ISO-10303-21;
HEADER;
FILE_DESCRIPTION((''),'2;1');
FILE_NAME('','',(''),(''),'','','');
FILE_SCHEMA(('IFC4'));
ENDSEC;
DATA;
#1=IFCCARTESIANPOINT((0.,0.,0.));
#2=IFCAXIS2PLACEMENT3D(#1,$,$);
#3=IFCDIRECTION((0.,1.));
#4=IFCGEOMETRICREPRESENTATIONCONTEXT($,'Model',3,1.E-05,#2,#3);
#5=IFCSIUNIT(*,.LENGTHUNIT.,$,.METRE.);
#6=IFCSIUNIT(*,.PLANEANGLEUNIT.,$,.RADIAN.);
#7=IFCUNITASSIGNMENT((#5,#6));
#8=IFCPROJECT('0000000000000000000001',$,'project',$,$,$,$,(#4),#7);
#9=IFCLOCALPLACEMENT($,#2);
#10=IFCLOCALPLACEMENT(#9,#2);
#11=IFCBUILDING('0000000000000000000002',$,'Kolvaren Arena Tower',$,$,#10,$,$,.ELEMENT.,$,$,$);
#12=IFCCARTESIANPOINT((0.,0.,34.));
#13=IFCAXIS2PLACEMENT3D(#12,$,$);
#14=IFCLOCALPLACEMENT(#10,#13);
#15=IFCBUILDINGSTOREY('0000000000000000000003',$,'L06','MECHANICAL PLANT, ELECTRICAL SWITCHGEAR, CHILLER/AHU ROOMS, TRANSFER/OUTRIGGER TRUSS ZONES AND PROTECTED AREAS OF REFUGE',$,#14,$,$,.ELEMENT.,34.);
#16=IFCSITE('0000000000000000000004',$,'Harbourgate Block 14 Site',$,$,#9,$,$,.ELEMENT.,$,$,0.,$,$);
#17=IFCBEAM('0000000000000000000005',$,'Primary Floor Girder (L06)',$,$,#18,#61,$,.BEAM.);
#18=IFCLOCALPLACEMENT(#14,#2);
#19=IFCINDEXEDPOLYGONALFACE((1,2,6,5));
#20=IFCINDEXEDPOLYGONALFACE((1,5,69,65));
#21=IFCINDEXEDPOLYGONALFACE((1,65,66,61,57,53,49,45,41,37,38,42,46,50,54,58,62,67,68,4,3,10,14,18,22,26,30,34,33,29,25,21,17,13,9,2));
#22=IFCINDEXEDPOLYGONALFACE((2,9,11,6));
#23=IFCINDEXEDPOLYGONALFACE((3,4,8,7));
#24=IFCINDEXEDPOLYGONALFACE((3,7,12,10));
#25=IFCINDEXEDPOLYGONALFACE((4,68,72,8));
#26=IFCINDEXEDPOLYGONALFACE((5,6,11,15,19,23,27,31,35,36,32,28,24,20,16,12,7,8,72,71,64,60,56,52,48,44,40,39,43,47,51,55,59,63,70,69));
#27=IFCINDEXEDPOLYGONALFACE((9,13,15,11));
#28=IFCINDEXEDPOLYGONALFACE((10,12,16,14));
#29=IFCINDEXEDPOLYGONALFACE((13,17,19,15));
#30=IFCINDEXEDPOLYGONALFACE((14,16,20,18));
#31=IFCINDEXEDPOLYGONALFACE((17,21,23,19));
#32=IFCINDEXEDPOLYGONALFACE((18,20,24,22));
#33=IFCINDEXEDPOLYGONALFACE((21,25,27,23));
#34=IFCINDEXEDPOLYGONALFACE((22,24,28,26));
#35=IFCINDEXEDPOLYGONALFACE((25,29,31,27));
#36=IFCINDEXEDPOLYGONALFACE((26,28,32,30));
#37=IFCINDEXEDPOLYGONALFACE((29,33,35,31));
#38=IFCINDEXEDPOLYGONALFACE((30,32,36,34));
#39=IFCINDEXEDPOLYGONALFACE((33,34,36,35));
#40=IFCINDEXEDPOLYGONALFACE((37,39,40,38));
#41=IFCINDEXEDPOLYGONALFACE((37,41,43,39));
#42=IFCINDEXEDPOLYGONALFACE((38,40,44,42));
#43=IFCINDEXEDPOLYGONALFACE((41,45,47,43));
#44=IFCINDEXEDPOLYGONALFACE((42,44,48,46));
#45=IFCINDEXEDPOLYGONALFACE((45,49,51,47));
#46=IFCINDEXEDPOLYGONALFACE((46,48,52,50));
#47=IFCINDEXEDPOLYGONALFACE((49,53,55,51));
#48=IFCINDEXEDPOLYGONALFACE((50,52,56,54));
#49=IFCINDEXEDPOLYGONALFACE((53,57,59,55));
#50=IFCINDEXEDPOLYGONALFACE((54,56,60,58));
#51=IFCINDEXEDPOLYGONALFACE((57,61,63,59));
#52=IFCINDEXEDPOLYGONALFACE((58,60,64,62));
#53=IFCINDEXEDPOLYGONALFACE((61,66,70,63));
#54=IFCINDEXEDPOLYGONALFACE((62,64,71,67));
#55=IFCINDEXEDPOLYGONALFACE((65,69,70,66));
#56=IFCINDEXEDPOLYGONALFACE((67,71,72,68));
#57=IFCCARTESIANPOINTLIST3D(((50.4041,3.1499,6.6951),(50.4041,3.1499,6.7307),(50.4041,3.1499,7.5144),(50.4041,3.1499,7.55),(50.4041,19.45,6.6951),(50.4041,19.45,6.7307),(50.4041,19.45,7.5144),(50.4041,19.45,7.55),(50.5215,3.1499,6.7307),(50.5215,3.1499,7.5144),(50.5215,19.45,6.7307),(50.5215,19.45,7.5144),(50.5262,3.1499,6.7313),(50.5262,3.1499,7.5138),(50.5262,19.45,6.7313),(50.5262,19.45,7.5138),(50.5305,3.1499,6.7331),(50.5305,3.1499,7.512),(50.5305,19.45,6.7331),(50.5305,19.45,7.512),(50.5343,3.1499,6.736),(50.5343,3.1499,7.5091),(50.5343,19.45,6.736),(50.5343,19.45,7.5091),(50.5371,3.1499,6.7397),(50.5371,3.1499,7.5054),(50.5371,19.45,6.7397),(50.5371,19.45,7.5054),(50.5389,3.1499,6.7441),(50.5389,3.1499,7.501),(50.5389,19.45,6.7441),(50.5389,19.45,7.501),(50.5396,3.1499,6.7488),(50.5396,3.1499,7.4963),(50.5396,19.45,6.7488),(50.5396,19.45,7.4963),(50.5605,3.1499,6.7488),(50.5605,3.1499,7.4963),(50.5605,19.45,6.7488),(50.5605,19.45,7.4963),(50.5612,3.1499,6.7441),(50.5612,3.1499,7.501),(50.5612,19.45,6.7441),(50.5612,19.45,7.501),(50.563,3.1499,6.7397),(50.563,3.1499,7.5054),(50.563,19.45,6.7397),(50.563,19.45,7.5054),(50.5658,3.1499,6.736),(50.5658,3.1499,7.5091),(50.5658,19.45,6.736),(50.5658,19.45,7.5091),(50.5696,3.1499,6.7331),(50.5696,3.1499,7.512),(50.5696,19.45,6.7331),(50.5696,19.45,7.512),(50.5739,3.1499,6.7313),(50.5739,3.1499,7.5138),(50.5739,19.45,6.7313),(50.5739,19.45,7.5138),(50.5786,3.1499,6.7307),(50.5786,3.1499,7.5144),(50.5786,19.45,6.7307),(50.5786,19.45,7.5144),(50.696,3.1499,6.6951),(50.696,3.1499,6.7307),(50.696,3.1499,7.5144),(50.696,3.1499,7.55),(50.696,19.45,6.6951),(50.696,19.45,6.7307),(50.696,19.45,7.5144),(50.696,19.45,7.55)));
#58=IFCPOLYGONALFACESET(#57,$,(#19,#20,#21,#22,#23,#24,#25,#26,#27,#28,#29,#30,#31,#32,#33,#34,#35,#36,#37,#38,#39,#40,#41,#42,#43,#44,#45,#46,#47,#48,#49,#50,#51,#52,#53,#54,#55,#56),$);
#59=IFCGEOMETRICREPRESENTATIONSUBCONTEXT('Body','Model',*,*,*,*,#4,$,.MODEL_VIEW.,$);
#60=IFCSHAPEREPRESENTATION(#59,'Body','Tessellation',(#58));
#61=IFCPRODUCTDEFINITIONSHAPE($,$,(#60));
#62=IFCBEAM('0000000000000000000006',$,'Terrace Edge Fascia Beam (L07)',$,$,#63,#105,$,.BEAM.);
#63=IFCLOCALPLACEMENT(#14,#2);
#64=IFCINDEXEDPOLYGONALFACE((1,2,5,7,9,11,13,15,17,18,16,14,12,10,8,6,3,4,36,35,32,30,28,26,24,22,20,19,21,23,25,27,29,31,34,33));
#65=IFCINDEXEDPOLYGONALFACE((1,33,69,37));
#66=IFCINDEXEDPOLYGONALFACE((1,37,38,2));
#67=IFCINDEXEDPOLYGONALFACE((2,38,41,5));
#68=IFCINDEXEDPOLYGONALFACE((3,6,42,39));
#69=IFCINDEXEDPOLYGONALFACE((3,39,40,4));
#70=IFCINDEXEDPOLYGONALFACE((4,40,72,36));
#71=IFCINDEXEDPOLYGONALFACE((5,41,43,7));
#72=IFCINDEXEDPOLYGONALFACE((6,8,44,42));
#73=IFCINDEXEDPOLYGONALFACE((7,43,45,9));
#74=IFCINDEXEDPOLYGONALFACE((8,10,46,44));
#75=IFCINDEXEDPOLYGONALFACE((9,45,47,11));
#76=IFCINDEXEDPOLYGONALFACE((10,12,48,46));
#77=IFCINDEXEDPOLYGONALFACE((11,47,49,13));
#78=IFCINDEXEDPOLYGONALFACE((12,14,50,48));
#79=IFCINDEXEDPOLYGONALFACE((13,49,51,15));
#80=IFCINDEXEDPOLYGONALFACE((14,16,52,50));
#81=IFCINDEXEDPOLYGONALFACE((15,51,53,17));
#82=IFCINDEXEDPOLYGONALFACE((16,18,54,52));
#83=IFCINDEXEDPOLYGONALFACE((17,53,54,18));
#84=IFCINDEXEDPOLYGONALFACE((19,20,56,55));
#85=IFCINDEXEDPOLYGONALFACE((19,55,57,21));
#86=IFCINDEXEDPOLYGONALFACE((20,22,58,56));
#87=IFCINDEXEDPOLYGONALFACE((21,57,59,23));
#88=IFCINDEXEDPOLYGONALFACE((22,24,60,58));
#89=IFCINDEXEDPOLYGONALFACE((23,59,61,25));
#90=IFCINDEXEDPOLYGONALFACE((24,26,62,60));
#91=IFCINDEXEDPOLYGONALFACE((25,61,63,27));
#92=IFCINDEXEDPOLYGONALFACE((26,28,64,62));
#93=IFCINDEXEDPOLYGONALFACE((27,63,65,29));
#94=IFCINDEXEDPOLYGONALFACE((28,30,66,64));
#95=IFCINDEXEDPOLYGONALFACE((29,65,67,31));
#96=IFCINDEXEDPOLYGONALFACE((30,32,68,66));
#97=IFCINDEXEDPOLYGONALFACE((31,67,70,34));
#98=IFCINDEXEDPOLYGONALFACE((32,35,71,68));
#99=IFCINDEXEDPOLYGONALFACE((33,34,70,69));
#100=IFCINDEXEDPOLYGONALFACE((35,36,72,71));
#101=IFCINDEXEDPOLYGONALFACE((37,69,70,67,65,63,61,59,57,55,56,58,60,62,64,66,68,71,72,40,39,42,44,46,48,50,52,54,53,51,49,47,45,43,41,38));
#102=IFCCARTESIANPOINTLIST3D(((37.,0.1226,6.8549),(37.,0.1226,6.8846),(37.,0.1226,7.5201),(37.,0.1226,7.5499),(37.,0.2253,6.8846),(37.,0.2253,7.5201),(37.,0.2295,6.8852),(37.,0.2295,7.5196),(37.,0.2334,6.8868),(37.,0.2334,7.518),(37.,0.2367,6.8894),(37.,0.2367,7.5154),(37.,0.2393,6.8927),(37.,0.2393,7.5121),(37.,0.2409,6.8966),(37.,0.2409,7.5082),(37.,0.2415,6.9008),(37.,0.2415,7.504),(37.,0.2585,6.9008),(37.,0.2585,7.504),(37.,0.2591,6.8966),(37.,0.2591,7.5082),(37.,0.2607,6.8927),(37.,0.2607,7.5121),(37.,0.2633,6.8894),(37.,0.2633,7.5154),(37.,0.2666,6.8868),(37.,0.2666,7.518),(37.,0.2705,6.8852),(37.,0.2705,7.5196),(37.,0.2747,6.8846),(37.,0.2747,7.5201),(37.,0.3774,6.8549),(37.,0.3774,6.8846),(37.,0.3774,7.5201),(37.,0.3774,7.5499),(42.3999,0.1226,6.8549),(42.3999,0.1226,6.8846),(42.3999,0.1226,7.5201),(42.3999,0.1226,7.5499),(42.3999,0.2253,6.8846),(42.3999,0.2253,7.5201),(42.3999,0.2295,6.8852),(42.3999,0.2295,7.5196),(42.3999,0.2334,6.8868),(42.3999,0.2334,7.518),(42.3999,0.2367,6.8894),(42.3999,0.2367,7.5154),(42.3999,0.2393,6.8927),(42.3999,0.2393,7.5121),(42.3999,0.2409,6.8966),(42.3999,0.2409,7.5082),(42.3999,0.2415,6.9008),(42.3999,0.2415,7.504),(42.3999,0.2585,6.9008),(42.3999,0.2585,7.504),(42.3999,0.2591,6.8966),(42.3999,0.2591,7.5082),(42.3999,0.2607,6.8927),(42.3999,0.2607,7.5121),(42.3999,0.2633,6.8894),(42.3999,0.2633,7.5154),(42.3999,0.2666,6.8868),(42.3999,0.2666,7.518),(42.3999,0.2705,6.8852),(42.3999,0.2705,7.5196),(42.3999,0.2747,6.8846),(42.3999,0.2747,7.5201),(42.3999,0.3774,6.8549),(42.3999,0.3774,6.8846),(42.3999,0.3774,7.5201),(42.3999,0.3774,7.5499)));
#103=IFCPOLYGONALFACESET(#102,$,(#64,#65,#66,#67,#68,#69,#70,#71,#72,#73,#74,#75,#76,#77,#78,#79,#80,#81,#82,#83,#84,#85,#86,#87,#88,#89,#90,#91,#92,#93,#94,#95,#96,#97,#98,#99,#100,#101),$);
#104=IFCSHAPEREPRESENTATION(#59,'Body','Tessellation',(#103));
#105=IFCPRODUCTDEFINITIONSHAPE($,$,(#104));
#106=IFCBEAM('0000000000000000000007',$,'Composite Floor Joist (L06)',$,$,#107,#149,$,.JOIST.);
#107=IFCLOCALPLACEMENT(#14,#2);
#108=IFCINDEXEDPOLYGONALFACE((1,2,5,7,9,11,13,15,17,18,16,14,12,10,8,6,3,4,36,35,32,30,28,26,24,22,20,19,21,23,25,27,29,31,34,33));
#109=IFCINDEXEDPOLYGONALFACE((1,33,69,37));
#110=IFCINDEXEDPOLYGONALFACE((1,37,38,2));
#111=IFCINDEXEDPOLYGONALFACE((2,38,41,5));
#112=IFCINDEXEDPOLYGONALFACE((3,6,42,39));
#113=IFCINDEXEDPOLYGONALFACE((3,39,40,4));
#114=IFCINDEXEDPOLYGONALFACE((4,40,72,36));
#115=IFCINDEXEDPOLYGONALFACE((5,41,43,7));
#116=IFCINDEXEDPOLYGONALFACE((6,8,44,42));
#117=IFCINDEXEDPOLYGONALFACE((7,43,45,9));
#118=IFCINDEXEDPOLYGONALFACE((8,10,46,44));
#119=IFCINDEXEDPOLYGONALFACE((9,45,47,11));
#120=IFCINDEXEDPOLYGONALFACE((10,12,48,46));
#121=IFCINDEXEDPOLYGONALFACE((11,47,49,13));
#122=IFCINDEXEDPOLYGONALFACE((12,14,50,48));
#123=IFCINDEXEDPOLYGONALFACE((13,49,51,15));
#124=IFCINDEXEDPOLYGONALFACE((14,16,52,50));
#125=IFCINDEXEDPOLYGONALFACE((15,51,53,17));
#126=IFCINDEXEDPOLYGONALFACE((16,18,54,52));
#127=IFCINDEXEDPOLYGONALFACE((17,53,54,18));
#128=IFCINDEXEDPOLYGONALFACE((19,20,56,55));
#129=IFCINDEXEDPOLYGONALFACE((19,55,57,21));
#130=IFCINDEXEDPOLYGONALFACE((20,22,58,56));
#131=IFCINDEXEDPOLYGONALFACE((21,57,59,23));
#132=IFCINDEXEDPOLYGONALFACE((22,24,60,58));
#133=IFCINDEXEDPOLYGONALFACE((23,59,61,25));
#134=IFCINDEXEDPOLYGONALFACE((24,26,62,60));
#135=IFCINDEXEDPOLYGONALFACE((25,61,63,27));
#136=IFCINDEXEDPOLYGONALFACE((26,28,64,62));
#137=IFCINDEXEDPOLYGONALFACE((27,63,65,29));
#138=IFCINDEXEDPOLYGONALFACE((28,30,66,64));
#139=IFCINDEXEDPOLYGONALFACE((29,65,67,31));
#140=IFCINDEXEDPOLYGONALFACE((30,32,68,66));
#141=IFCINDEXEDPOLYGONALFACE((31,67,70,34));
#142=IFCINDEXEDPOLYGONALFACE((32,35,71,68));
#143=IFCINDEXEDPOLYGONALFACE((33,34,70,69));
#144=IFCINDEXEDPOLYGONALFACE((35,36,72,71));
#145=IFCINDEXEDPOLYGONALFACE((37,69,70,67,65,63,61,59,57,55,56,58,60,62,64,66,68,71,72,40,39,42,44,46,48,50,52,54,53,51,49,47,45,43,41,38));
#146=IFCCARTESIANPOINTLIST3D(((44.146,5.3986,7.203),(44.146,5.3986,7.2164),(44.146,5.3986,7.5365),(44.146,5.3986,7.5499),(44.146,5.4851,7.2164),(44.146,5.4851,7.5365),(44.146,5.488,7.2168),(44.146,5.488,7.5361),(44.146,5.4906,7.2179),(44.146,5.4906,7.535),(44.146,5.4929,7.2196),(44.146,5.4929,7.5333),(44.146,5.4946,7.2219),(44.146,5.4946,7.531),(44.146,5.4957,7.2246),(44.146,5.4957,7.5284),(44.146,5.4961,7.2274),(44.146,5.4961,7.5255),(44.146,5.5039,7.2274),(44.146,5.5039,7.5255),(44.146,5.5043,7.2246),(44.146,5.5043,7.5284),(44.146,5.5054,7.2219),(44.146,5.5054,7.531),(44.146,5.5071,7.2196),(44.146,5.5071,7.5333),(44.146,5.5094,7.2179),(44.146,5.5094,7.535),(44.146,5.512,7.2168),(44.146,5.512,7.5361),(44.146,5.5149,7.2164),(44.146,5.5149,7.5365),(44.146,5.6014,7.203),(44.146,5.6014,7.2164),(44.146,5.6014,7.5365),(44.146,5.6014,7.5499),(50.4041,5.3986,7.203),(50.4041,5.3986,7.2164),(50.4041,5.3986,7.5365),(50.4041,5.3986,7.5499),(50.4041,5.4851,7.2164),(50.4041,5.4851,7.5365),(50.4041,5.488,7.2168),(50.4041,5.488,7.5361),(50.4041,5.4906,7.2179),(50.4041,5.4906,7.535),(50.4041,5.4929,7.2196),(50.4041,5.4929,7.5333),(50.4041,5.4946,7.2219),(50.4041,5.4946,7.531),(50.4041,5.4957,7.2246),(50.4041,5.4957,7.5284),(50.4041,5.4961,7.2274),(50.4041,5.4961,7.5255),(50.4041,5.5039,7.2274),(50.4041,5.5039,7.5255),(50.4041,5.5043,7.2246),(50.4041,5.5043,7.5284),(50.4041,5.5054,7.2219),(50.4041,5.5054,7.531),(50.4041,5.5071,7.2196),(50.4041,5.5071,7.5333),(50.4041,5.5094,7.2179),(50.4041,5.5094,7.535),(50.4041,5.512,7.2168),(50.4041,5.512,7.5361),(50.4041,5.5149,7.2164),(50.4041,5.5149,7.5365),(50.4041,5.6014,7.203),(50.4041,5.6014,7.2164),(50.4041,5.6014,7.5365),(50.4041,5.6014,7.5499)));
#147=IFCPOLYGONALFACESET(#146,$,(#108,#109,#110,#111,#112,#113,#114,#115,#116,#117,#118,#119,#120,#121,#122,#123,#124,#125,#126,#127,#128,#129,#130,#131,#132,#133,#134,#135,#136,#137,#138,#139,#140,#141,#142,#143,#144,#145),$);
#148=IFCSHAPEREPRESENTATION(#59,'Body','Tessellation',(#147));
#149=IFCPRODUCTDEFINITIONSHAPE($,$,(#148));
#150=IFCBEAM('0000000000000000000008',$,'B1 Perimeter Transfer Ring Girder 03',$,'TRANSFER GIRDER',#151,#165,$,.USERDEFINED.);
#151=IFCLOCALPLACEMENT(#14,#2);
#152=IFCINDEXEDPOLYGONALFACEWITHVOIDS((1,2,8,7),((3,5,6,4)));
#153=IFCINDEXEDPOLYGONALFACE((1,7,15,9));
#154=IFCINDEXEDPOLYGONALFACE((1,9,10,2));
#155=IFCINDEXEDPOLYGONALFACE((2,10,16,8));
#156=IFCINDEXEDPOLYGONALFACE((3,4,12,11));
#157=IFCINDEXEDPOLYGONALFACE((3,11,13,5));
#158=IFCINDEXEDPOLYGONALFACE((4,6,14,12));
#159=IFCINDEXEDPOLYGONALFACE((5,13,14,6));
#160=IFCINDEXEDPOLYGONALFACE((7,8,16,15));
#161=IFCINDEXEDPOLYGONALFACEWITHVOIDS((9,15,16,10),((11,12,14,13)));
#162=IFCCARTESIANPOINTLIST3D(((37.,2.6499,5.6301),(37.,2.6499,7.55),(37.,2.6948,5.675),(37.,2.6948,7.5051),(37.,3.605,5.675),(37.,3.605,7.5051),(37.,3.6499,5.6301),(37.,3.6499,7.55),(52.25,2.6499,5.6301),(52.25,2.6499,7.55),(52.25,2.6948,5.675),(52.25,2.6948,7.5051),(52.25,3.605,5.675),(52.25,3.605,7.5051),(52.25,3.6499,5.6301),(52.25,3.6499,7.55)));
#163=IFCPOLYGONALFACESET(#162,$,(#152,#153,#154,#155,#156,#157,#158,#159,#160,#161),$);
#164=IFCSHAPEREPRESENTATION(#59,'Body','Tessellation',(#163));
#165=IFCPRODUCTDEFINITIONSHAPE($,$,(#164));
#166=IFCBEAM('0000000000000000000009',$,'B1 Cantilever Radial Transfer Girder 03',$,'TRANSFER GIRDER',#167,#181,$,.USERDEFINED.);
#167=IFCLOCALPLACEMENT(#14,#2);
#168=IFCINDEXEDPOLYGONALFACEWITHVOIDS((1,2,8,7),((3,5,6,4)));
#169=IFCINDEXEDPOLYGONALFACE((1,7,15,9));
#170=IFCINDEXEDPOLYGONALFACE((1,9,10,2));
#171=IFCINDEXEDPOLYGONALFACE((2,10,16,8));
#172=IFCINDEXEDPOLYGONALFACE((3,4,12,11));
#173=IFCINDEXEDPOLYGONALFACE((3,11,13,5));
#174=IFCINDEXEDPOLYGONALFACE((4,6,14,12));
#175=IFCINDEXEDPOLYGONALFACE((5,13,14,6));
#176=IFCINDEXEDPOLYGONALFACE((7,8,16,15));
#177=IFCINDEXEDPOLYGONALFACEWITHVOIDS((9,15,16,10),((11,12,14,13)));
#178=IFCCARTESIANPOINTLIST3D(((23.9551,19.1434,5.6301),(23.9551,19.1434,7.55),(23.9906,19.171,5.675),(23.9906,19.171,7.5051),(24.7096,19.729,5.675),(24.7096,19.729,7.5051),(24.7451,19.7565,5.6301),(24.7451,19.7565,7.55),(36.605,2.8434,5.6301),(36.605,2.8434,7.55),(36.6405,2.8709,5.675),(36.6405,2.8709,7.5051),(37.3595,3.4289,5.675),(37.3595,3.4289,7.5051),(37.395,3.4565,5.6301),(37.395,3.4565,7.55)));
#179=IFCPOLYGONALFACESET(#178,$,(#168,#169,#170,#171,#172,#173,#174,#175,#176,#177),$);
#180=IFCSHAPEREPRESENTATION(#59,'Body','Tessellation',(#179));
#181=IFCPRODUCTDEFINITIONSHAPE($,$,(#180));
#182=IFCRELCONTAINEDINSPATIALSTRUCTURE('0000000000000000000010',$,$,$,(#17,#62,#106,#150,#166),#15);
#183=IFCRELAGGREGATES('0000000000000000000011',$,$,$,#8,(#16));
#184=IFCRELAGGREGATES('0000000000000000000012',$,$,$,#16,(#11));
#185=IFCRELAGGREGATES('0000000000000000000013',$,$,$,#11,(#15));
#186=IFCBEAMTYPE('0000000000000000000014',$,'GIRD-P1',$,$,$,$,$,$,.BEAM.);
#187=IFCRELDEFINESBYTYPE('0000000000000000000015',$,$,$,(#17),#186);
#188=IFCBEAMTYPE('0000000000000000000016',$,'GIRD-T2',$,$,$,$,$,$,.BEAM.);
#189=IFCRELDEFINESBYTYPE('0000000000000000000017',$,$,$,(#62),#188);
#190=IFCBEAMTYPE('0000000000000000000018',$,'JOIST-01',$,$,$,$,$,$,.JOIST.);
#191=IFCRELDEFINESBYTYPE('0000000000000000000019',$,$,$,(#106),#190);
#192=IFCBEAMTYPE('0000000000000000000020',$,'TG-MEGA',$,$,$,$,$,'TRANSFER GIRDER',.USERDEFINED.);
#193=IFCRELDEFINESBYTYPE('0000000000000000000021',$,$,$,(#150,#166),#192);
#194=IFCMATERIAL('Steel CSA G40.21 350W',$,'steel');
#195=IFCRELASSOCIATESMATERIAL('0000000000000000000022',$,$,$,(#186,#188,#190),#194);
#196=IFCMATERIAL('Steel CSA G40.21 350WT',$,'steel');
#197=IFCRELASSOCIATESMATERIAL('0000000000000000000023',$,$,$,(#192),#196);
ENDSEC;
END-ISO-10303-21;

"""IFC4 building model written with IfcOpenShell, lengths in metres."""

from ifc_helpers import new_model, si_unit, direction, frame, origin, origin_2d, place, context, subcontext, project, spatial, hollow_rectangle, i_section, extrude, material, material_profile, profile_set, type_object, element, save


model = new_model("IFC4")

# Units and contexts
model_context = context("Model", 3, precision=1e-05, world=origin(), true_north=direction((0.0, 1.0)))
body_context = subcontext(model_context, "Body", "Model", "MODEL_VIEW")
ifc_project = project(units=[si_unit("LENGTHUNIT", "METRE"), si_unit("PLANEANGLEUNIT", "RADIAN")], contexts=[model_context])

# Site, building, storey
site_placement = place(None, origin())
site = spatial("IfcSite", under=ifc_project, at=site_placement, Name="Harbourgate Block 14 Site", CompositionType="ELEMENT", RefElevation=0.0)
building_placement = place(site_placement, origin())
building = spatial("IfcBuilding", under=site, at=building_placement, Name="Kolvaren Arena Tower", CompositionType="ELEMENT")
storey_placement = place(building_placement, frame((0.0, 0.0, 34.0)))
storey = spatial("IfcBuildingStorey", under=building, at=storey_placement, Name="L06", Description="MECHANICAL PLANT, ELECTRICAL SWITCHGEAR, CHILLER/AHU ROOMS, TRANSFER/OUTRIGGER TRUSS ZONES AND PROTECTED AREAS OF REFUGE", CompositionType="ELEMENT", Elevation=34.0)

# Shared definitions
ifc_material_1 = material(Name="Steel CSA G40.21 350WT", Category="steel")

# Beams
ifc_material_2 = material(Name="Steel CSA G40.21 350W", Category="steel")
ifc_material_profile_1 = material_profile(ifc_material_2, i_section(OverallWidth=0.292, OverallDepth=0.855, WebThickness=0.021, FlangeThickness=0.0356, FilletRadius=0.0181, at=origin_2d()), Name="W840x299")
ifc_profile_set_1 = profile_set([ifc_material_profile_1], Name="Steel CSA G40.21 350W")
beam_type_1 = type_object("IfcBeamType", Name="GIRD-P1", PredefinedType="BEAM", material=ifc_profile_set_1)
beam_1_placement = place(storey_placement, frame((50.55, 3.1499, 7.1226), z_axis=(0.0, 1.0, 0.0), x_axis=(-1.0, 0.0, 0.0)))
element("IfcBeam", 1, at=beam_1_placement, inside=storey, type_object=beam_type_1, Name="Primary Floor Girder (L06)", PredefinedType="BEAM", context=body_context, shape_type="SweptSolid", body=[
    extrude(i_section(OverallWidth=0.292, OverallDepth=0.855, WebThickness=0.021, FlangeThickness=0.0356, FilletRadius=0.0181, at=origin_2d()), origin(), (0.0, 0.0, 1.0), 16.3),
])
ifc_material_profile_2 = material_profile(ifc_material_2, i_section(OverallWidth=0.2549, OverallDepth=0.6951, WebThickness=0.0171, FlangeThickness=0.0298, FilletRadius=0.0161, at=origin_2d()), Name="W690x217")
ifc_profile_set_2 = profile_set([ifc_material_profile_2], Name="Steel CSA G40.21 350W")
beam_type_2 = type_object("IfcBeamType", Name="GIRD-T2", PredefinedType="BEAM", material=ifc_profile_set_2)
beam_2_placement = place(storey_placement, frame((37.0, 0.25, 7.2024), z_axis=(1.0, 0.0, 0.0), x_axis=(0.0, 1.0, 0.0)))
element("IfcBeam", 2, at=beam_2_placement, inside=storey, type_object=beam_type_2, Name="Terrace Edge Fascia Beam (L07)", PredefinedType="BEAM", context=body_context, shape_type="SweptSolid", body=[
    extrude(i_section(OverallWidth=0.2549, OverallDepth=0.6951, WebThickness=0.0171, FlangeThickness=0.0298, FilletRadius=0.0161, at=origin_2d()), origin(), (0.0, 0.0, 1.0), 5.3999),
])
ifc_material_profile_3 = material_profile(ifc_material_2, i_section(OverallWidth=0.2029, OverallDepth=0.3469, WebThickness=0.0078, FlangeThickness=0.0134, FilletRadius=0.011, at=origin_2d()), Name="W360x64")
ifc_profile_set_3 = profile_set([ifc_material_profile_3], Name="Steel CSA G40.21 350W")
beam_type_3 = type_object("IfcBeamType", Name="JOIST-01", PredefinedType="JOIST", material=ifc_profile_set_3)
beam_3_placement = place(storey_placement, frame((44.146, 5.5, 7.3765), z_axis=(1.0, 0.0, 0.0), x_axis=(0.0, 1.0, 0.0)))
element("IfcBeam", 3, at=beam_3_placement, inside=storey, type_object=beam_type_3, Name="Composite Floor Joist (L06)", PredefinedType="JOIST", context=body_context, shape_type="SweptSolid", body=[
    extrude(i_section(OverallWidth=0.2029, OverallDepth=0.3469, WebThickness=0.0078, FlangeThickness=0.0134, FilletRadius=0.011, at=origin_2d()), origin(), (0.0, 0.0, 1.0), 6.2581),
])
ifc_material_profile_4 = material_profile(ifc_material_1, hollow_rectangle(XDim=1.0, YDim=1.9199, WallThickness=0.0449, at=origin_2d()), Name="BOX 1000x1920x45")
ifc_profile_set_4 = profile_set([ifc_material_profile_4], Name="Steel CSA G40.21 350WT")
beam_type_4 = type_object("IfcBeamType", Name="TG-MEGA", ElementType="TRANSFER GIRDER", PredefinedType="USERDEFINED", material=ifc_profile_set_4)
beam_4_placement = place(storey_placement, frame((37.0, 3.1499, 6.5901), z_axis=(1.0, 0.0, 0.0), x_axis=(0.0, 1.0, 0.0)))
element("IfcBeam", 4, at=beam_4_placement, inside=storey, type_object=beam_type_4, Name="B1 Perimeter Transfer Ring Girder 03", ObjectType="TRANSFER GIRDER", PredefinedType="USERDEFINED", context=body_context, shape_type="SweptSolid", body=[
    extrude(hollow_rectangle(XDim=1.0, YDim=1.9199, WallThickness=0.0449, at=origin_2d()), origin(), (0.0, 0.0, 1.0), 15.25),
])
beam_5_placement = place(storey_placement, frame((37.0, 3.1499, 6.5901), z_axis=(-0.613097, 0.790007, 0.0), x_axis=(-0.790007, -0.613097, 0.0)))
element("IfcBeam", 5, at=beam_5_placement, inside=storey, type_object=beam_type_4, Name="B1 Cantilever Radial Transfer Girder 03", ObjectType="TRANSFER GIRDER", PredefinedType="USERDEFINED", context=body_context, shape_type="SweptSolid", body=[
    extrude(hollow_rectangle(XDim=1.0, YDim=1.9199, WallThickness=0.0449, at=origin_2d()), origin(), (0.0, 0.0, 1.0), 20.6328),
])

save(model, "model.ifc")
